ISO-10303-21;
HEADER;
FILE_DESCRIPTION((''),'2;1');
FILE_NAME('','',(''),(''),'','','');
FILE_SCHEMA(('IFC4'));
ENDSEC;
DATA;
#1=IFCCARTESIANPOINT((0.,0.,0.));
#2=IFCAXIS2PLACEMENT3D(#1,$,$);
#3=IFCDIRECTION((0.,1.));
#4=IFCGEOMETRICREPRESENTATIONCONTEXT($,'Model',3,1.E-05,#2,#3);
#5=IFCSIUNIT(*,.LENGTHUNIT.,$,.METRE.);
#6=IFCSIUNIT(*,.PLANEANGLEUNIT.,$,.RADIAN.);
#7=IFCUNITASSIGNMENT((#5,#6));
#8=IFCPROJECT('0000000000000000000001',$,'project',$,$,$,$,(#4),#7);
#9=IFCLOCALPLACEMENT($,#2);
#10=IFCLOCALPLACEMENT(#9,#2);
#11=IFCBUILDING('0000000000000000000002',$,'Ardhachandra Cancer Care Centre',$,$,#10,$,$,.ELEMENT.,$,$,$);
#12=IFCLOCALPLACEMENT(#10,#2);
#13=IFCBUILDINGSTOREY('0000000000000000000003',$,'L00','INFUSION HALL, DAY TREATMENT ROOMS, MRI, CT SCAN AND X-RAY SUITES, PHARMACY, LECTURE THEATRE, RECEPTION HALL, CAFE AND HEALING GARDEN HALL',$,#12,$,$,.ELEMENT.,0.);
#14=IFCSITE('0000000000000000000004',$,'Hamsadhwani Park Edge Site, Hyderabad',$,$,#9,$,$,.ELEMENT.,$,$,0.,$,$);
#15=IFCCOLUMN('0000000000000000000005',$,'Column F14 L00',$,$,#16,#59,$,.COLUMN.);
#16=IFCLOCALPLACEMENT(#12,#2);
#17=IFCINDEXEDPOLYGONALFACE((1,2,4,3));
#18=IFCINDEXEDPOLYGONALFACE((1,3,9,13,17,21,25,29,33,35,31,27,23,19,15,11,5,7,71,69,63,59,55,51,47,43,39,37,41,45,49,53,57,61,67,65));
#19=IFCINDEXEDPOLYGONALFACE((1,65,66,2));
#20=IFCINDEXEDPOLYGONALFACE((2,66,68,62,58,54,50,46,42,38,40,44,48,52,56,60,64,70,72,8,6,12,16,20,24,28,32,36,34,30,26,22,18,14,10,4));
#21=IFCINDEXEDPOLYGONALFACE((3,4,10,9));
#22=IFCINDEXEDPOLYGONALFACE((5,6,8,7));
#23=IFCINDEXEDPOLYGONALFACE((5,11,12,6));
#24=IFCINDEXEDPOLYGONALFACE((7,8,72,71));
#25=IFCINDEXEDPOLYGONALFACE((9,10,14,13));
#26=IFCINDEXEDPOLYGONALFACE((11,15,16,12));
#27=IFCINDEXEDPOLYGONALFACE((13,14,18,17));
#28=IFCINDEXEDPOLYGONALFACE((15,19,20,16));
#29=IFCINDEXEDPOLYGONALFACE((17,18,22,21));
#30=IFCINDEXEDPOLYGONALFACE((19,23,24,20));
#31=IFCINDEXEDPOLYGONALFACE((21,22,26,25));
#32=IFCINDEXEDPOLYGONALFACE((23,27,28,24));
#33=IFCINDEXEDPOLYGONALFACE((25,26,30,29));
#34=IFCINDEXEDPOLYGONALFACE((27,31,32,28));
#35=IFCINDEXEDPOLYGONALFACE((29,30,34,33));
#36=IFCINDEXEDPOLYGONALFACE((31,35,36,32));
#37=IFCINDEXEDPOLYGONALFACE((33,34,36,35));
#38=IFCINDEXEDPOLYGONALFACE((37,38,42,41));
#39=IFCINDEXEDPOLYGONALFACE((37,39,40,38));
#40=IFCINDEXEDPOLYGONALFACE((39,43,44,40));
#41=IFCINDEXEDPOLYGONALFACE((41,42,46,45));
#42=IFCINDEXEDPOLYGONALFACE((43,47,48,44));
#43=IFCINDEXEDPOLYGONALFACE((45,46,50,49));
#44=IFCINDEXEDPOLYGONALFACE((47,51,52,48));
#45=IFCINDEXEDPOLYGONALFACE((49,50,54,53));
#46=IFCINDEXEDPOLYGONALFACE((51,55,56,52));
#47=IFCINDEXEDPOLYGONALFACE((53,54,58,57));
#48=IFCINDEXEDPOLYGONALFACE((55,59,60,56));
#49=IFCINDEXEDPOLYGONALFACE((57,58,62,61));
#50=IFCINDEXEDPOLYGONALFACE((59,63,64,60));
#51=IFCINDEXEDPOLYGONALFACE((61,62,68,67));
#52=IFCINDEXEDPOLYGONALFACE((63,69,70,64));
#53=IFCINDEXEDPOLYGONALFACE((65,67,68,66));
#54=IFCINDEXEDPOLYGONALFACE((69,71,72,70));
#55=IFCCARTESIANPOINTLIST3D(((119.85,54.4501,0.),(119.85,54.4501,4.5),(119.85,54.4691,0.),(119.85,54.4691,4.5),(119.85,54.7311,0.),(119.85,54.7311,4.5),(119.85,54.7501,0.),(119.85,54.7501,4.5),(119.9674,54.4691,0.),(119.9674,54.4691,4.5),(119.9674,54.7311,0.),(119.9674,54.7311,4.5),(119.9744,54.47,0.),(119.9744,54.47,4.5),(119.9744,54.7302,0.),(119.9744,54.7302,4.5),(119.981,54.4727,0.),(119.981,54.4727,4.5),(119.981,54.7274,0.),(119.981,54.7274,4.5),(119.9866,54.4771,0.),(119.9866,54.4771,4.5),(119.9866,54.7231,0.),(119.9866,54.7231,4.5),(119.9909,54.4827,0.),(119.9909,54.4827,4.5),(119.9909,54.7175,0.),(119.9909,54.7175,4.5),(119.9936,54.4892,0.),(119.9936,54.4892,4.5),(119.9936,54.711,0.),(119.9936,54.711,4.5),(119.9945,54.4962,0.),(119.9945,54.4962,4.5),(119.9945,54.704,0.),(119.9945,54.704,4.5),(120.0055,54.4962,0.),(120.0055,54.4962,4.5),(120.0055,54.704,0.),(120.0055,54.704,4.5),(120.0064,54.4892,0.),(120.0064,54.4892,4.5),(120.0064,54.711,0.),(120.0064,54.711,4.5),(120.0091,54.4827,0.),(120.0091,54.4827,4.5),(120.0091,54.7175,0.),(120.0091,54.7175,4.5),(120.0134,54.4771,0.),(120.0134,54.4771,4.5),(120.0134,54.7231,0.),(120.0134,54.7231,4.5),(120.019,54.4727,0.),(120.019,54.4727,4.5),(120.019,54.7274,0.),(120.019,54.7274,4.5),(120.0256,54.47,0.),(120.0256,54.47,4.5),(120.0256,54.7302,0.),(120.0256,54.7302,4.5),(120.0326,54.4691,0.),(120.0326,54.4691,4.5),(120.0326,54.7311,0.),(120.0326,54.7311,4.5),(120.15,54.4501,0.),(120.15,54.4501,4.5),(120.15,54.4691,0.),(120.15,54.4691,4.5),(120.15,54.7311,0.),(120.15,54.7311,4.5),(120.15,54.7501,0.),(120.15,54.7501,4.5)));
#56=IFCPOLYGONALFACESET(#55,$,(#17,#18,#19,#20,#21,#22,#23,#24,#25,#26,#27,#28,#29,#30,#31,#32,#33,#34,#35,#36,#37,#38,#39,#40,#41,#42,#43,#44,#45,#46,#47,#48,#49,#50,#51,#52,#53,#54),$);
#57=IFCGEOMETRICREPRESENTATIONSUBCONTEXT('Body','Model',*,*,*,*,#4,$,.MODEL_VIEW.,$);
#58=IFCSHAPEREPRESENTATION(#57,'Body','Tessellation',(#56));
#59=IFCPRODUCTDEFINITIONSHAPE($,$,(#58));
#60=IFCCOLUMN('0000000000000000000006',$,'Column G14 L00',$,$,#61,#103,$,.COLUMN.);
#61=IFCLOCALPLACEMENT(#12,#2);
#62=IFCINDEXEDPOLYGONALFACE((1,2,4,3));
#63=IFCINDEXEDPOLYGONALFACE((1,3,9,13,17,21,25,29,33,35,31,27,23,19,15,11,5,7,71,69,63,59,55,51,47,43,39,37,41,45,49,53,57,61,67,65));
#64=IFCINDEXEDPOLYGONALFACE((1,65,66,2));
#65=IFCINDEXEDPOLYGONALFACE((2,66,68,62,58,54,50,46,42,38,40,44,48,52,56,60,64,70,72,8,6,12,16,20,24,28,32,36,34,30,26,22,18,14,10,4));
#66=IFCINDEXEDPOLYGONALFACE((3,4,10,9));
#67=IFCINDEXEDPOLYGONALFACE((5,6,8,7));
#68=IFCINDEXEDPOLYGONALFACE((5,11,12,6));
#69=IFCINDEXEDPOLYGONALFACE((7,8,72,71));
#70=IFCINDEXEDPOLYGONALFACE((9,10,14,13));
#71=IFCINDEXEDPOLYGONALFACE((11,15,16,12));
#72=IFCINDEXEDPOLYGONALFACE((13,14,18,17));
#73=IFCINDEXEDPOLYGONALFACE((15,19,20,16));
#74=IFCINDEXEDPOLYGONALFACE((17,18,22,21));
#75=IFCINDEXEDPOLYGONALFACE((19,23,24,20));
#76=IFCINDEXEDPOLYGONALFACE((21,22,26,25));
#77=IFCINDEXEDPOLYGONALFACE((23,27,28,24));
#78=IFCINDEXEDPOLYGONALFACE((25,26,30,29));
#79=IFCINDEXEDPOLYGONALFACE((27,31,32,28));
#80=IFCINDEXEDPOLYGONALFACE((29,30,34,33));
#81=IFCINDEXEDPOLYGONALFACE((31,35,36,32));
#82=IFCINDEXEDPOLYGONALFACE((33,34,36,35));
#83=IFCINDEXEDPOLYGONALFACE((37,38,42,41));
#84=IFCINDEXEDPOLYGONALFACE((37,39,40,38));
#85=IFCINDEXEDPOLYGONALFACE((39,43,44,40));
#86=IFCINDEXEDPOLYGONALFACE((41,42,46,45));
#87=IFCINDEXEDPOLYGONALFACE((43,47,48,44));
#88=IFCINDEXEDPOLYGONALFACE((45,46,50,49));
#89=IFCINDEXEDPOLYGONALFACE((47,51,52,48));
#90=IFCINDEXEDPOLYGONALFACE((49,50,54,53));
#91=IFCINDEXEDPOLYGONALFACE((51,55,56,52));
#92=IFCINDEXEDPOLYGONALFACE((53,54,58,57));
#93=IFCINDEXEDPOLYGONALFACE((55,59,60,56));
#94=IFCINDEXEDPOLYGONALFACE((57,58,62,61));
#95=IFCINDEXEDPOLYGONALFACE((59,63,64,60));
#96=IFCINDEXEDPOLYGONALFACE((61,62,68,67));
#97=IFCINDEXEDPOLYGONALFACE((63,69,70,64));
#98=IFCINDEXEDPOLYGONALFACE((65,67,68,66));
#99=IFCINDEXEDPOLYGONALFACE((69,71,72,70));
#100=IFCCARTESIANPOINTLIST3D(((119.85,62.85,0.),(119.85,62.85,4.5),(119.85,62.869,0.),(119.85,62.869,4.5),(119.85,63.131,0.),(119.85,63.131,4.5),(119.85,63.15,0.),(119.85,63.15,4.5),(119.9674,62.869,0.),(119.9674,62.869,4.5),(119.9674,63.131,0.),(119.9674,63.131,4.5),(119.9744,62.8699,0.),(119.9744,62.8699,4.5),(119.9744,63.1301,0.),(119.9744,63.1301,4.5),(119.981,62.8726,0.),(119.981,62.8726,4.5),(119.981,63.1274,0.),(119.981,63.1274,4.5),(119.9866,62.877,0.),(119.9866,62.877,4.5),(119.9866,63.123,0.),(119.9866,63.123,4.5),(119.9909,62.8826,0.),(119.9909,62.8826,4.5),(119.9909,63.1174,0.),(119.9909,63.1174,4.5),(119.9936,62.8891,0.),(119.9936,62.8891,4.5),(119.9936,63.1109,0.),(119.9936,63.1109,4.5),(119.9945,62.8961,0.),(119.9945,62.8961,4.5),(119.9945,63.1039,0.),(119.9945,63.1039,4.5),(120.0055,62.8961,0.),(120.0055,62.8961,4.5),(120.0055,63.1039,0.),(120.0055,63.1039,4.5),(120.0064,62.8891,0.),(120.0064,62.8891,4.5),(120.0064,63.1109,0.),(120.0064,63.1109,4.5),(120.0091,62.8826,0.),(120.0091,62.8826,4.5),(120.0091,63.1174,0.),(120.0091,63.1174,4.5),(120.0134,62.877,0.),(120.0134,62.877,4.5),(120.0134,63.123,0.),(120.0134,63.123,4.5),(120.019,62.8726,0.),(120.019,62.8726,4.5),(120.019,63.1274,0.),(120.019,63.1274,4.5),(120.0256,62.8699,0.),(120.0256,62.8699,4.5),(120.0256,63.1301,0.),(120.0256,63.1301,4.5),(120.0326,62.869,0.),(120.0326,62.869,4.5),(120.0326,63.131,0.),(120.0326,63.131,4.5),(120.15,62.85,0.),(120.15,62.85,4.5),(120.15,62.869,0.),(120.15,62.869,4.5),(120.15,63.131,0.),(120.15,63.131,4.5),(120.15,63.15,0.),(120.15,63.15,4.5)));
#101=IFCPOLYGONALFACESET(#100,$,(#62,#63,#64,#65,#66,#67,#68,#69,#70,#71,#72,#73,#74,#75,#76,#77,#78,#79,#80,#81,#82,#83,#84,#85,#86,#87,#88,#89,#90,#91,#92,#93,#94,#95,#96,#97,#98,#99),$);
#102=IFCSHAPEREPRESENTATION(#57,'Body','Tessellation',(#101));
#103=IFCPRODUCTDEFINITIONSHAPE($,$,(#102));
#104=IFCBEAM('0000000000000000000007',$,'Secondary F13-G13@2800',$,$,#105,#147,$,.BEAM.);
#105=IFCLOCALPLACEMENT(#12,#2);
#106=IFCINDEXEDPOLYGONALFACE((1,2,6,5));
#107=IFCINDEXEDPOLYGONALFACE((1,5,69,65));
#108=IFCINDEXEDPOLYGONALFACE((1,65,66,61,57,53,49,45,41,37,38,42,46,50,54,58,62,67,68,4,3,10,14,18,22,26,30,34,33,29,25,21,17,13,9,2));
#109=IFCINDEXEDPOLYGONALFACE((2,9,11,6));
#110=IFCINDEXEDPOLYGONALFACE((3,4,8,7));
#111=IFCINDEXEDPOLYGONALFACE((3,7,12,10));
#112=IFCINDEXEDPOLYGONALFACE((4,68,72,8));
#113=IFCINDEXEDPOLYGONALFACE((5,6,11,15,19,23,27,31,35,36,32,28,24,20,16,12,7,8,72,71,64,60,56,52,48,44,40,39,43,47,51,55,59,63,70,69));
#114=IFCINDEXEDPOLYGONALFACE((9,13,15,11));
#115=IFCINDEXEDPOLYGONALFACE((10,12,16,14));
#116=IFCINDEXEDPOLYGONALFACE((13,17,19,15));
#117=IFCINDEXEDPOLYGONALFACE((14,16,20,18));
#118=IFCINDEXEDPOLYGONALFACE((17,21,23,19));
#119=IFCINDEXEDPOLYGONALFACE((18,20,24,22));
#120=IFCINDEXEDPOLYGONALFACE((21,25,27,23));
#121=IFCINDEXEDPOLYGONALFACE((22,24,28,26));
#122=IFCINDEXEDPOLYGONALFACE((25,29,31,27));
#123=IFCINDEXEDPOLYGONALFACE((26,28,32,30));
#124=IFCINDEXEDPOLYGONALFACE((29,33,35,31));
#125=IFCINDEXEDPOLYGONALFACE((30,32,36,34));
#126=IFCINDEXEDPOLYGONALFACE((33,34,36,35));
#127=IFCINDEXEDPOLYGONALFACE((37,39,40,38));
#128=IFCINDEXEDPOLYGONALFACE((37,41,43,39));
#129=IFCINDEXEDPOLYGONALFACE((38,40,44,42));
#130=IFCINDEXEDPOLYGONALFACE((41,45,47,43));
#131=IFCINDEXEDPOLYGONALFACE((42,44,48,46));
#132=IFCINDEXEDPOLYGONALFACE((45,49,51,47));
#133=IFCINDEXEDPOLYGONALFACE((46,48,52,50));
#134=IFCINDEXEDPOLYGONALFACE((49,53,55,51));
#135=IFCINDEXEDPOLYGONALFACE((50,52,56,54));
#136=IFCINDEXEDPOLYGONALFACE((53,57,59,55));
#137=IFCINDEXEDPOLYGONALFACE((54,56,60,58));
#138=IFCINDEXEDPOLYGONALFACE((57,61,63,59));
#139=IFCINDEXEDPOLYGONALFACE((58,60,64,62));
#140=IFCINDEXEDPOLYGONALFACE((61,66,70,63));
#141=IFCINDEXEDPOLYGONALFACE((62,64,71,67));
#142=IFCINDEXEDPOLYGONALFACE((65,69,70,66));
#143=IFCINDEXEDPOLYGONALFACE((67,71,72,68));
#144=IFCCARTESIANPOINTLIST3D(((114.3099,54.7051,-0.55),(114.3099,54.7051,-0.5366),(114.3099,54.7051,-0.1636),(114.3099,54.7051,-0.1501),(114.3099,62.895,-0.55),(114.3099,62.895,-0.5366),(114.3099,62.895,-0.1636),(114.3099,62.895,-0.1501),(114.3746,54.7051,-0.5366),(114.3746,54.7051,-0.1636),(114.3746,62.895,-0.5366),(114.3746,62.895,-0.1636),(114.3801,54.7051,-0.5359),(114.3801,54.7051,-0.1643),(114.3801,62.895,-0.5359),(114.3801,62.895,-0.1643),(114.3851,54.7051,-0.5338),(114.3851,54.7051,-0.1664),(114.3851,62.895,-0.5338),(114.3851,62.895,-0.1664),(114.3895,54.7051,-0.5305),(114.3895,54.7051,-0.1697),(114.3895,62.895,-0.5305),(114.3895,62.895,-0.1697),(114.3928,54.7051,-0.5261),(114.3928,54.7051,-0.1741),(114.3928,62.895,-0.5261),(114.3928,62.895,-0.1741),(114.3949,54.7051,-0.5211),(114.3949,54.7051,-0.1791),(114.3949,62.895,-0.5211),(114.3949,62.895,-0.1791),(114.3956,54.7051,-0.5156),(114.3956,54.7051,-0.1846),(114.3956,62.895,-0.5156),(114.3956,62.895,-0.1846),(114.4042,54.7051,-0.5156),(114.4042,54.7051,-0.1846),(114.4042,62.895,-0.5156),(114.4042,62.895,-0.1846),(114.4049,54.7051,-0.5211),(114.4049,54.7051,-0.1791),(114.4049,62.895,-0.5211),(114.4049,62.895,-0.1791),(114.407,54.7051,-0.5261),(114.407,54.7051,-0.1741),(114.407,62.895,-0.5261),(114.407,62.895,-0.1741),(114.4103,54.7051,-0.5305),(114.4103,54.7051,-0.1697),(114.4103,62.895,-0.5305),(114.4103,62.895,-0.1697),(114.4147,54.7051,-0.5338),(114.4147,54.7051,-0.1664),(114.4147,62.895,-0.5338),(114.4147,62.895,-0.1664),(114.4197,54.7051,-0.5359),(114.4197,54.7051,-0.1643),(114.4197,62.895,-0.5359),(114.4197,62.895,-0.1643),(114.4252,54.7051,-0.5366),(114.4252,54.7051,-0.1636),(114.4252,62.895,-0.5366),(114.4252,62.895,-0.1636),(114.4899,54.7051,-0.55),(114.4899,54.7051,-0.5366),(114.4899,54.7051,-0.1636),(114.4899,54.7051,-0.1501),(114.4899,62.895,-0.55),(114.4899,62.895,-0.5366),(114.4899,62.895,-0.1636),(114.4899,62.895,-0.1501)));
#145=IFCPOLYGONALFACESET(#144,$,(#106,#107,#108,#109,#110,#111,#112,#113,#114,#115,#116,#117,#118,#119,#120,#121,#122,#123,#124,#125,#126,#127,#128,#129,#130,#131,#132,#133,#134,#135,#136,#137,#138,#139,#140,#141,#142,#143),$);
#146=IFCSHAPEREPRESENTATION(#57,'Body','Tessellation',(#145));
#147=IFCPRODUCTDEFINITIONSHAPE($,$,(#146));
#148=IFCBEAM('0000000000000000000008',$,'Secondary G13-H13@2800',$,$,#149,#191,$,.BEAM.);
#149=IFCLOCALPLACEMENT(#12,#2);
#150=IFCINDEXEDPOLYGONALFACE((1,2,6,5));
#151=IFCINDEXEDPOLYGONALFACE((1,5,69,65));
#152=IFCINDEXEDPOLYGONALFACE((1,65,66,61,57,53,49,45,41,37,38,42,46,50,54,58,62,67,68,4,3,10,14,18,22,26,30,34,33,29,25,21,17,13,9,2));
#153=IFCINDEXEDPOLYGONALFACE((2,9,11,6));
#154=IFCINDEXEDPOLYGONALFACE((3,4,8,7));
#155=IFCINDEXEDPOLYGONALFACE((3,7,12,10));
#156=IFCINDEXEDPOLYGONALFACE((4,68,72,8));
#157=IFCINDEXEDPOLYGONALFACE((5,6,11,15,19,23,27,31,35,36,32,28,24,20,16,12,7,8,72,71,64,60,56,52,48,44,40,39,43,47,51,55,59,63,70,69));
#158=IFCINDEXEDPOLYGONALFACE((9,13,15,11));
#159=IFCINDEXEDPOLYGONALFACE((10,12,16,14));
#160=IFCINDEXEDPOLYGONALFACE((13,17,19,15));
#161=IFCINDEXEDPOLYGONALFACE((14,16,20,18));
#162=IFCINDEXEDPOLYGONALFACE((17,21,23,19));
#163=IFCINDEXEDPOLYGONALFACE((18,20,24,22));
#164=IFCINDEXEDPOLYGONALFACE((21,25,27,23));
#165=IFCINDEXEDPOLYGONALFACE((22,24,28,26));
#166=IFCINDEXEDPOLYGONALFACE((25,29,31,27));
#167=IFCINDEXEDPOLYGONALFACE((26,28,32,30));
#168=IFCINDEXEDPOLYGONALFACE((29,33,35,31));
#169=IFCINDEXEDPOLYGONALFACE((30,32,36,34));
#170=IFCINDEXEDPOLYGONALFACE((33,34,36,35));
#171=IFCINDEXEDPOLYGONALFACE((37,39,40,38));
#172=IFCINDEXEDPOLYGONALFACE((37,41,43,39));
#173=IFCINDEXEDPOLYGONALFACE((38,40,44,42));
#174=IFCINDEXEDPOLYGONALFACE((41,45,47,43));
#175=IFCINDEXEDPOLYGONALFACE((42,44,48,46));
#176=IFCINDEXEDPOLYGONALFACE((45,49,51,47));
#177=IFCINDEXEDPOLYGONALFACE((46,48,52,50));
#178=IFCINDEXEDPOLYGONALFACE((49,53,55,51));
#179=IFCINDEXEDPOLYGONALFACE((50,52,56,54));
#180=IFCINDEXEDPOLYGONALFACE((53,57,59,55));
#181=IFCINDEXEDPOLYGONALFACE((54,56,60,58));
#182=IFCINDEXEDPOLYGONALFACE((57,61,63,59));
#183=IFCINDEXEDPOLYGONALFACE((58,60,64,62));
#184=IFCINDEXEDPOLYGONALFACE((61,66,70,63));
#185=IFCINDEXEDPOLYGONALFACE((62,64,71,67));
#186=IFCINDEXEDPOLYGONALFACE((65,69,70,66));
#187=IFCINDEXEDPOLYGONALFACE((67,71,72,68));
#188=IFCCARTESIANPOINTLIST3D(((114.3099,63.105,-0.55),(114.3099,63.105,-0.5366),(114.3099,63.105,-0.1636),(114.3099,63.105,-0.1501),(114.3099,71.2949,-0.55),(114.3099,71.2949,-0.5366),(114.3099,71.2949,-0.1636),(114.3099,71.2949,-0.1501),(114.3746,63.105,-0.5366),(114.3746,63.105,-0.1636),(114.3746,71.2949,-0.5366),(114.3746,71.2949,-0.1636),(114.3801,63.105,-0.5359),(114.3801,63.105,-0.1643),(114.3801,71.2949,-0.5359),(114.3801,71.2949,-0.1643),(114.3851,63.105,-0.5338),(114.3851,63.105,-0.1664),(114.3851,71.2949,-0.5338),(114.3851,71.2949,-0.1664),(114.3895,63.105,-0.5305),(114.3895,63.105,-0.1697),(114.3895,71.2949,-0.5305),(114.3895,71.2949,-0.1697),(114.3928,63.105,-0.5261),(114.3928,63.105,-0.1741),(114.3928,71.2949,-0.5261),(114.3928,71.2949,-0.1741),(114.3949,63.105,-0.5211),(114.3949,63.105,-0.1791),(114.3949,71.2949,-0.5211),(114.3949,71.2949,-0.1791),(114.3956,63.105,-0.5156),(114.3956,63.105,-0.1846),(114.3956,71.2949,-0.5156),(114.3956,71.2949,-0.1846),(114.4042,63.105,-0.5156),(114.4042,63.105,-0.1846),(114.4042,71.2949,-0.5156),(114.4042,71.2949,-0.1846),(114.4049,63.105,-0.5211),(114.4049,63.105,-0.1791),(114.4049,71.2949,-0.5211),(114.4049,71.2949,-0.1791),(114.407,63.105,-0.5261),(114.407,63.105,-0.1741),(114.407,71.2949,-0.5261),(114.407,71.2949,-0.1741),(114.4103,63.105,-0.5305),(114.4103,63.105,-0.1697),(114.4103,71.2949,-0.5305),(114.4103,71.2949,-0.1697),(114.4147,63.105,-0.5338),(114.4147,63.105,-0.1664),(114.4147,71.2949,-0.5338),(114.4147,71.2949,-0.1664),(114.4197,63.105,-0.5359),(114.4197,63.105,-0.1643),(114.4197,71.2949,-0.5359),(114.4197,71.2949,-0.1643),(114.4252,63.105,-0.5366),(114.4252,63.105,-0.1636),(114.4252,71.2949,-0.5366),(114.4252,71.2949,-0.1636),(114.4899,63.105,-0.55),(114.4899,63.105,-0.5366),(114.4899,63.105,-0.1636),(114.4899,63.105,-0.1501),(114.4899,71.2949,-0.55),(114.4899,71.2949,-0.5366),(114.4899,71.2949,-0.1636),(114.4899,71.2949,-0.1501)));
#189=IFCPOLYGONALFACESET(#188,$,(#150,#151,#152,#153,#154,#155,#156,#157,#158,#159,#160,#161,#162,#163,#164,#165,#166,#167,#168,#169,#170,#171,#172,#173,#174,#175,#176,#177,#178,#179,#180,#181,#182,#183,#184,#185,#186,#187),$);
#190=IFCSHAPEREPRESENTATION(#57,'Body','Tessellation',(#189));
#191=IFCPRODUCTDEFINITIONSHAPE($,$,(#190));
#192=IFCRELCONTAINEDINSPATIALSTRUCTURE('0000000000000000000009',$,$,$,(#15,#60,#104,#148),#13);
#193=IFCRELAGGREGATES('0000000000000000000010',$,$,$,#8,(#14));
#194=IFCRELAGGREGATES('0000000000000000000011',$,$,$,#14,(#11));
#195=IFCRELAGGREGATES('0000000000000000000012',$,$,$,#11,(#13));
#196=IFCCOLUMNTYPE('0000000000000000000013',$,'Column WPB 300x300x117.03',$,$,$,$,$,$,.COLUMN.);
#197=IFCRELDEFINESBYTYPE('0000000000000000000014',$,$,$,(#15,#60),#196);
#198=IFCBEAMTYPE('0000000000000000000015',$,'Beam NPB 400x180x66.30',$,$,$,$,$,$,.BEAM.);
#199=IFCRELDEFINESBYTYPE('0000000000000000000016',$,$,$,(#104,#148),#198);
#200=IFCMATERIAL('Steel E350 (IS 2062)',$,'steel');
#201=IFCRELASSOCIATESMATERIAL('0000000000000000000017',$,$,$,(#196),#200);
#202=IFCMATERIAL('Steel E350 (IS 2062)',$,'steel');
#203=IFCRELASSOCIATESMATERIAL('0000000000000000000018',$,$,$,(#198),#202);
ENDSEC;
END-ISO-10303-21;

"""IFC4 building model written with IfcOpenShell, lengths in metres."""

from ifc_helpers import new_model, si_unit, direction, frame, origin, origin_2d, place, context, subcontext, project, spatial, i_section, extrude, material, material_profile, profile_set, type_object, element, save


model = new_model("IFC4")

# Units and contexts
model_context = context("Model", 3, precision=1e-05, world=origin(), true_north=direction((0.0, 1.0)))
body_context = subcontext(model_context, "Body", "Model", "MODEL_VIEW")
ifc_project = project(units=[si_unit("LENGTHUNIT", "METRE"), si_unit("PLANEANGLEUNIT", "RADIAN")], contexts=[model_context])

# Site, building, storey
site_placement = place(None, origin())
site = spatial("IfcSite", under=ifc_project, at=site_placement, Name="Hamsadhwani Park Edge Site, Hyderabad", CompositionType="ELEMENT", RefElevation=0.0)
building_placement = place(site_placement, origin())
building = spatial("IfcBuilding", under=site, at=building_placement, Name="Ardhachandra Cancer Care Centre", CompositionType="ELEMENT")
storey_placement = place(building_placement, origin())
storey = spatial("IfcBuildingStorey", under=building, at=storey_placement, Name="L00", Description="INFUSION HALL, DAY TREATMENT ROOMS, MRI, CT SCAN AND X-RAY SUITES, PHARMACY, LECTURE THEATRE, RECEPTION HALL, CAFE AND HEALING GARDEN HALL", CompositionType="ELEMENT", Elevation=0.0)

# Columns
ifc_material_1 = material(Name="Steel E350 (IS 2062)", Category="steel")
ifc_material_profile_1 = material_profile(ifc_material_1, i_section(OverallWidth=0.3, OverallDepth=0.3, WebThickness=0.011, FlangeThickness=0.019, FilletRadius=0.0271, at=origin_2d()), Name="WPB 300x300x117.03")
ifc_profile_set_1 = profile_set([ifc_material_profile_1], Name="Steel E350 (IS 2062)")
column_type = type_object("IfcColumnType", Name="Column WPB 300x300x117.03", PredefinedType="COLUMN", material=ifc_profile_set_1)
for number, where, z_axis, x_axis, name in (
    (1, (120.0, 54.6001, 0.0), (0.0, 0.0, 1.0), (1.0, 0.0, 0.0), "Column F14 L00"),
    (2, (120.0, 63.0, 0.0), (0.0, 0.0, 1.0), (1.0, 0.0, 0.0), "Column G14 L00"),
):
    element("IfcColumn", number, at=place(storey_placement, frame(where, z_axis=z_axis, x_axis=x_axis)), inside=storey, type_object=column_type, Name=name, PredefinedType="COLUMN", context=body_context, shape_type="SweptSolid", body=[
        extrude(i_section(OverallWidth=0.3, OverallDepth=0.3, WebThickness=0.011, FlangeThickness=0.019, FilletRadius=0.0271, at=origin_2d()), origin(), (0.0, 0.0, 1.0), 4.5),
    ])

# Beams
ifc_material_2 = material(Name="Steel E350 (IS 2062)", Category="steel")
ifc_material_profile_2 = material_profile(ifc_material_2, i_section(OverallWidth=0.1799, OverallDepth=0.3999, WebThickness=0.0085, FlangeThickness=0.0134, FilletRadius=0.021, at=origin_2d()), Name="NPB 400x180x66.30")
ifc_profile_set_2 = profile_set([ifc_material_profile_2], Name="Steel E350 (IS 2062)")
beam_type_1 = type_object("IfcBeamType", Name="Beam NPB 400x180x66.30", PredefinedType="BEAM", material=ifc_profile_set_2)
for number, where, z_axis, x_axis, name in (
    (3, (114.3999, 54.7051, -0.3501), (0.0, 1.0, 0.0), (-1.0, 0.0, 0.0), "Secondary F13-G13@2800"),
    (4, (114.3999, 63.105, -0.3501), (0.0, 1.0, 0.0), (-1.0, 0.0, 0.0), "Secondary G13-H13@2800"),
):
    element("IfcBeam", number, at=place(storey_placement, frame(where, z_axis=z_axis, x_axis=x_axis)), inside=storey, type_object=beam_type_1, Name=name, PredefinedType="BEAM", context=body_context, shape_type="SweptSolid", body=[
        extrude(i_section(OverallWidth=0.1799, OverallDepth=0.3999, WebThickness=0.0085, FlangeThickness=0.0134, FilletRadius=0.021, at=origin_2d()), origin(), (0.0, 0.0, 1.0), 8.1899),
    ])

save(model, "model.ifc")
